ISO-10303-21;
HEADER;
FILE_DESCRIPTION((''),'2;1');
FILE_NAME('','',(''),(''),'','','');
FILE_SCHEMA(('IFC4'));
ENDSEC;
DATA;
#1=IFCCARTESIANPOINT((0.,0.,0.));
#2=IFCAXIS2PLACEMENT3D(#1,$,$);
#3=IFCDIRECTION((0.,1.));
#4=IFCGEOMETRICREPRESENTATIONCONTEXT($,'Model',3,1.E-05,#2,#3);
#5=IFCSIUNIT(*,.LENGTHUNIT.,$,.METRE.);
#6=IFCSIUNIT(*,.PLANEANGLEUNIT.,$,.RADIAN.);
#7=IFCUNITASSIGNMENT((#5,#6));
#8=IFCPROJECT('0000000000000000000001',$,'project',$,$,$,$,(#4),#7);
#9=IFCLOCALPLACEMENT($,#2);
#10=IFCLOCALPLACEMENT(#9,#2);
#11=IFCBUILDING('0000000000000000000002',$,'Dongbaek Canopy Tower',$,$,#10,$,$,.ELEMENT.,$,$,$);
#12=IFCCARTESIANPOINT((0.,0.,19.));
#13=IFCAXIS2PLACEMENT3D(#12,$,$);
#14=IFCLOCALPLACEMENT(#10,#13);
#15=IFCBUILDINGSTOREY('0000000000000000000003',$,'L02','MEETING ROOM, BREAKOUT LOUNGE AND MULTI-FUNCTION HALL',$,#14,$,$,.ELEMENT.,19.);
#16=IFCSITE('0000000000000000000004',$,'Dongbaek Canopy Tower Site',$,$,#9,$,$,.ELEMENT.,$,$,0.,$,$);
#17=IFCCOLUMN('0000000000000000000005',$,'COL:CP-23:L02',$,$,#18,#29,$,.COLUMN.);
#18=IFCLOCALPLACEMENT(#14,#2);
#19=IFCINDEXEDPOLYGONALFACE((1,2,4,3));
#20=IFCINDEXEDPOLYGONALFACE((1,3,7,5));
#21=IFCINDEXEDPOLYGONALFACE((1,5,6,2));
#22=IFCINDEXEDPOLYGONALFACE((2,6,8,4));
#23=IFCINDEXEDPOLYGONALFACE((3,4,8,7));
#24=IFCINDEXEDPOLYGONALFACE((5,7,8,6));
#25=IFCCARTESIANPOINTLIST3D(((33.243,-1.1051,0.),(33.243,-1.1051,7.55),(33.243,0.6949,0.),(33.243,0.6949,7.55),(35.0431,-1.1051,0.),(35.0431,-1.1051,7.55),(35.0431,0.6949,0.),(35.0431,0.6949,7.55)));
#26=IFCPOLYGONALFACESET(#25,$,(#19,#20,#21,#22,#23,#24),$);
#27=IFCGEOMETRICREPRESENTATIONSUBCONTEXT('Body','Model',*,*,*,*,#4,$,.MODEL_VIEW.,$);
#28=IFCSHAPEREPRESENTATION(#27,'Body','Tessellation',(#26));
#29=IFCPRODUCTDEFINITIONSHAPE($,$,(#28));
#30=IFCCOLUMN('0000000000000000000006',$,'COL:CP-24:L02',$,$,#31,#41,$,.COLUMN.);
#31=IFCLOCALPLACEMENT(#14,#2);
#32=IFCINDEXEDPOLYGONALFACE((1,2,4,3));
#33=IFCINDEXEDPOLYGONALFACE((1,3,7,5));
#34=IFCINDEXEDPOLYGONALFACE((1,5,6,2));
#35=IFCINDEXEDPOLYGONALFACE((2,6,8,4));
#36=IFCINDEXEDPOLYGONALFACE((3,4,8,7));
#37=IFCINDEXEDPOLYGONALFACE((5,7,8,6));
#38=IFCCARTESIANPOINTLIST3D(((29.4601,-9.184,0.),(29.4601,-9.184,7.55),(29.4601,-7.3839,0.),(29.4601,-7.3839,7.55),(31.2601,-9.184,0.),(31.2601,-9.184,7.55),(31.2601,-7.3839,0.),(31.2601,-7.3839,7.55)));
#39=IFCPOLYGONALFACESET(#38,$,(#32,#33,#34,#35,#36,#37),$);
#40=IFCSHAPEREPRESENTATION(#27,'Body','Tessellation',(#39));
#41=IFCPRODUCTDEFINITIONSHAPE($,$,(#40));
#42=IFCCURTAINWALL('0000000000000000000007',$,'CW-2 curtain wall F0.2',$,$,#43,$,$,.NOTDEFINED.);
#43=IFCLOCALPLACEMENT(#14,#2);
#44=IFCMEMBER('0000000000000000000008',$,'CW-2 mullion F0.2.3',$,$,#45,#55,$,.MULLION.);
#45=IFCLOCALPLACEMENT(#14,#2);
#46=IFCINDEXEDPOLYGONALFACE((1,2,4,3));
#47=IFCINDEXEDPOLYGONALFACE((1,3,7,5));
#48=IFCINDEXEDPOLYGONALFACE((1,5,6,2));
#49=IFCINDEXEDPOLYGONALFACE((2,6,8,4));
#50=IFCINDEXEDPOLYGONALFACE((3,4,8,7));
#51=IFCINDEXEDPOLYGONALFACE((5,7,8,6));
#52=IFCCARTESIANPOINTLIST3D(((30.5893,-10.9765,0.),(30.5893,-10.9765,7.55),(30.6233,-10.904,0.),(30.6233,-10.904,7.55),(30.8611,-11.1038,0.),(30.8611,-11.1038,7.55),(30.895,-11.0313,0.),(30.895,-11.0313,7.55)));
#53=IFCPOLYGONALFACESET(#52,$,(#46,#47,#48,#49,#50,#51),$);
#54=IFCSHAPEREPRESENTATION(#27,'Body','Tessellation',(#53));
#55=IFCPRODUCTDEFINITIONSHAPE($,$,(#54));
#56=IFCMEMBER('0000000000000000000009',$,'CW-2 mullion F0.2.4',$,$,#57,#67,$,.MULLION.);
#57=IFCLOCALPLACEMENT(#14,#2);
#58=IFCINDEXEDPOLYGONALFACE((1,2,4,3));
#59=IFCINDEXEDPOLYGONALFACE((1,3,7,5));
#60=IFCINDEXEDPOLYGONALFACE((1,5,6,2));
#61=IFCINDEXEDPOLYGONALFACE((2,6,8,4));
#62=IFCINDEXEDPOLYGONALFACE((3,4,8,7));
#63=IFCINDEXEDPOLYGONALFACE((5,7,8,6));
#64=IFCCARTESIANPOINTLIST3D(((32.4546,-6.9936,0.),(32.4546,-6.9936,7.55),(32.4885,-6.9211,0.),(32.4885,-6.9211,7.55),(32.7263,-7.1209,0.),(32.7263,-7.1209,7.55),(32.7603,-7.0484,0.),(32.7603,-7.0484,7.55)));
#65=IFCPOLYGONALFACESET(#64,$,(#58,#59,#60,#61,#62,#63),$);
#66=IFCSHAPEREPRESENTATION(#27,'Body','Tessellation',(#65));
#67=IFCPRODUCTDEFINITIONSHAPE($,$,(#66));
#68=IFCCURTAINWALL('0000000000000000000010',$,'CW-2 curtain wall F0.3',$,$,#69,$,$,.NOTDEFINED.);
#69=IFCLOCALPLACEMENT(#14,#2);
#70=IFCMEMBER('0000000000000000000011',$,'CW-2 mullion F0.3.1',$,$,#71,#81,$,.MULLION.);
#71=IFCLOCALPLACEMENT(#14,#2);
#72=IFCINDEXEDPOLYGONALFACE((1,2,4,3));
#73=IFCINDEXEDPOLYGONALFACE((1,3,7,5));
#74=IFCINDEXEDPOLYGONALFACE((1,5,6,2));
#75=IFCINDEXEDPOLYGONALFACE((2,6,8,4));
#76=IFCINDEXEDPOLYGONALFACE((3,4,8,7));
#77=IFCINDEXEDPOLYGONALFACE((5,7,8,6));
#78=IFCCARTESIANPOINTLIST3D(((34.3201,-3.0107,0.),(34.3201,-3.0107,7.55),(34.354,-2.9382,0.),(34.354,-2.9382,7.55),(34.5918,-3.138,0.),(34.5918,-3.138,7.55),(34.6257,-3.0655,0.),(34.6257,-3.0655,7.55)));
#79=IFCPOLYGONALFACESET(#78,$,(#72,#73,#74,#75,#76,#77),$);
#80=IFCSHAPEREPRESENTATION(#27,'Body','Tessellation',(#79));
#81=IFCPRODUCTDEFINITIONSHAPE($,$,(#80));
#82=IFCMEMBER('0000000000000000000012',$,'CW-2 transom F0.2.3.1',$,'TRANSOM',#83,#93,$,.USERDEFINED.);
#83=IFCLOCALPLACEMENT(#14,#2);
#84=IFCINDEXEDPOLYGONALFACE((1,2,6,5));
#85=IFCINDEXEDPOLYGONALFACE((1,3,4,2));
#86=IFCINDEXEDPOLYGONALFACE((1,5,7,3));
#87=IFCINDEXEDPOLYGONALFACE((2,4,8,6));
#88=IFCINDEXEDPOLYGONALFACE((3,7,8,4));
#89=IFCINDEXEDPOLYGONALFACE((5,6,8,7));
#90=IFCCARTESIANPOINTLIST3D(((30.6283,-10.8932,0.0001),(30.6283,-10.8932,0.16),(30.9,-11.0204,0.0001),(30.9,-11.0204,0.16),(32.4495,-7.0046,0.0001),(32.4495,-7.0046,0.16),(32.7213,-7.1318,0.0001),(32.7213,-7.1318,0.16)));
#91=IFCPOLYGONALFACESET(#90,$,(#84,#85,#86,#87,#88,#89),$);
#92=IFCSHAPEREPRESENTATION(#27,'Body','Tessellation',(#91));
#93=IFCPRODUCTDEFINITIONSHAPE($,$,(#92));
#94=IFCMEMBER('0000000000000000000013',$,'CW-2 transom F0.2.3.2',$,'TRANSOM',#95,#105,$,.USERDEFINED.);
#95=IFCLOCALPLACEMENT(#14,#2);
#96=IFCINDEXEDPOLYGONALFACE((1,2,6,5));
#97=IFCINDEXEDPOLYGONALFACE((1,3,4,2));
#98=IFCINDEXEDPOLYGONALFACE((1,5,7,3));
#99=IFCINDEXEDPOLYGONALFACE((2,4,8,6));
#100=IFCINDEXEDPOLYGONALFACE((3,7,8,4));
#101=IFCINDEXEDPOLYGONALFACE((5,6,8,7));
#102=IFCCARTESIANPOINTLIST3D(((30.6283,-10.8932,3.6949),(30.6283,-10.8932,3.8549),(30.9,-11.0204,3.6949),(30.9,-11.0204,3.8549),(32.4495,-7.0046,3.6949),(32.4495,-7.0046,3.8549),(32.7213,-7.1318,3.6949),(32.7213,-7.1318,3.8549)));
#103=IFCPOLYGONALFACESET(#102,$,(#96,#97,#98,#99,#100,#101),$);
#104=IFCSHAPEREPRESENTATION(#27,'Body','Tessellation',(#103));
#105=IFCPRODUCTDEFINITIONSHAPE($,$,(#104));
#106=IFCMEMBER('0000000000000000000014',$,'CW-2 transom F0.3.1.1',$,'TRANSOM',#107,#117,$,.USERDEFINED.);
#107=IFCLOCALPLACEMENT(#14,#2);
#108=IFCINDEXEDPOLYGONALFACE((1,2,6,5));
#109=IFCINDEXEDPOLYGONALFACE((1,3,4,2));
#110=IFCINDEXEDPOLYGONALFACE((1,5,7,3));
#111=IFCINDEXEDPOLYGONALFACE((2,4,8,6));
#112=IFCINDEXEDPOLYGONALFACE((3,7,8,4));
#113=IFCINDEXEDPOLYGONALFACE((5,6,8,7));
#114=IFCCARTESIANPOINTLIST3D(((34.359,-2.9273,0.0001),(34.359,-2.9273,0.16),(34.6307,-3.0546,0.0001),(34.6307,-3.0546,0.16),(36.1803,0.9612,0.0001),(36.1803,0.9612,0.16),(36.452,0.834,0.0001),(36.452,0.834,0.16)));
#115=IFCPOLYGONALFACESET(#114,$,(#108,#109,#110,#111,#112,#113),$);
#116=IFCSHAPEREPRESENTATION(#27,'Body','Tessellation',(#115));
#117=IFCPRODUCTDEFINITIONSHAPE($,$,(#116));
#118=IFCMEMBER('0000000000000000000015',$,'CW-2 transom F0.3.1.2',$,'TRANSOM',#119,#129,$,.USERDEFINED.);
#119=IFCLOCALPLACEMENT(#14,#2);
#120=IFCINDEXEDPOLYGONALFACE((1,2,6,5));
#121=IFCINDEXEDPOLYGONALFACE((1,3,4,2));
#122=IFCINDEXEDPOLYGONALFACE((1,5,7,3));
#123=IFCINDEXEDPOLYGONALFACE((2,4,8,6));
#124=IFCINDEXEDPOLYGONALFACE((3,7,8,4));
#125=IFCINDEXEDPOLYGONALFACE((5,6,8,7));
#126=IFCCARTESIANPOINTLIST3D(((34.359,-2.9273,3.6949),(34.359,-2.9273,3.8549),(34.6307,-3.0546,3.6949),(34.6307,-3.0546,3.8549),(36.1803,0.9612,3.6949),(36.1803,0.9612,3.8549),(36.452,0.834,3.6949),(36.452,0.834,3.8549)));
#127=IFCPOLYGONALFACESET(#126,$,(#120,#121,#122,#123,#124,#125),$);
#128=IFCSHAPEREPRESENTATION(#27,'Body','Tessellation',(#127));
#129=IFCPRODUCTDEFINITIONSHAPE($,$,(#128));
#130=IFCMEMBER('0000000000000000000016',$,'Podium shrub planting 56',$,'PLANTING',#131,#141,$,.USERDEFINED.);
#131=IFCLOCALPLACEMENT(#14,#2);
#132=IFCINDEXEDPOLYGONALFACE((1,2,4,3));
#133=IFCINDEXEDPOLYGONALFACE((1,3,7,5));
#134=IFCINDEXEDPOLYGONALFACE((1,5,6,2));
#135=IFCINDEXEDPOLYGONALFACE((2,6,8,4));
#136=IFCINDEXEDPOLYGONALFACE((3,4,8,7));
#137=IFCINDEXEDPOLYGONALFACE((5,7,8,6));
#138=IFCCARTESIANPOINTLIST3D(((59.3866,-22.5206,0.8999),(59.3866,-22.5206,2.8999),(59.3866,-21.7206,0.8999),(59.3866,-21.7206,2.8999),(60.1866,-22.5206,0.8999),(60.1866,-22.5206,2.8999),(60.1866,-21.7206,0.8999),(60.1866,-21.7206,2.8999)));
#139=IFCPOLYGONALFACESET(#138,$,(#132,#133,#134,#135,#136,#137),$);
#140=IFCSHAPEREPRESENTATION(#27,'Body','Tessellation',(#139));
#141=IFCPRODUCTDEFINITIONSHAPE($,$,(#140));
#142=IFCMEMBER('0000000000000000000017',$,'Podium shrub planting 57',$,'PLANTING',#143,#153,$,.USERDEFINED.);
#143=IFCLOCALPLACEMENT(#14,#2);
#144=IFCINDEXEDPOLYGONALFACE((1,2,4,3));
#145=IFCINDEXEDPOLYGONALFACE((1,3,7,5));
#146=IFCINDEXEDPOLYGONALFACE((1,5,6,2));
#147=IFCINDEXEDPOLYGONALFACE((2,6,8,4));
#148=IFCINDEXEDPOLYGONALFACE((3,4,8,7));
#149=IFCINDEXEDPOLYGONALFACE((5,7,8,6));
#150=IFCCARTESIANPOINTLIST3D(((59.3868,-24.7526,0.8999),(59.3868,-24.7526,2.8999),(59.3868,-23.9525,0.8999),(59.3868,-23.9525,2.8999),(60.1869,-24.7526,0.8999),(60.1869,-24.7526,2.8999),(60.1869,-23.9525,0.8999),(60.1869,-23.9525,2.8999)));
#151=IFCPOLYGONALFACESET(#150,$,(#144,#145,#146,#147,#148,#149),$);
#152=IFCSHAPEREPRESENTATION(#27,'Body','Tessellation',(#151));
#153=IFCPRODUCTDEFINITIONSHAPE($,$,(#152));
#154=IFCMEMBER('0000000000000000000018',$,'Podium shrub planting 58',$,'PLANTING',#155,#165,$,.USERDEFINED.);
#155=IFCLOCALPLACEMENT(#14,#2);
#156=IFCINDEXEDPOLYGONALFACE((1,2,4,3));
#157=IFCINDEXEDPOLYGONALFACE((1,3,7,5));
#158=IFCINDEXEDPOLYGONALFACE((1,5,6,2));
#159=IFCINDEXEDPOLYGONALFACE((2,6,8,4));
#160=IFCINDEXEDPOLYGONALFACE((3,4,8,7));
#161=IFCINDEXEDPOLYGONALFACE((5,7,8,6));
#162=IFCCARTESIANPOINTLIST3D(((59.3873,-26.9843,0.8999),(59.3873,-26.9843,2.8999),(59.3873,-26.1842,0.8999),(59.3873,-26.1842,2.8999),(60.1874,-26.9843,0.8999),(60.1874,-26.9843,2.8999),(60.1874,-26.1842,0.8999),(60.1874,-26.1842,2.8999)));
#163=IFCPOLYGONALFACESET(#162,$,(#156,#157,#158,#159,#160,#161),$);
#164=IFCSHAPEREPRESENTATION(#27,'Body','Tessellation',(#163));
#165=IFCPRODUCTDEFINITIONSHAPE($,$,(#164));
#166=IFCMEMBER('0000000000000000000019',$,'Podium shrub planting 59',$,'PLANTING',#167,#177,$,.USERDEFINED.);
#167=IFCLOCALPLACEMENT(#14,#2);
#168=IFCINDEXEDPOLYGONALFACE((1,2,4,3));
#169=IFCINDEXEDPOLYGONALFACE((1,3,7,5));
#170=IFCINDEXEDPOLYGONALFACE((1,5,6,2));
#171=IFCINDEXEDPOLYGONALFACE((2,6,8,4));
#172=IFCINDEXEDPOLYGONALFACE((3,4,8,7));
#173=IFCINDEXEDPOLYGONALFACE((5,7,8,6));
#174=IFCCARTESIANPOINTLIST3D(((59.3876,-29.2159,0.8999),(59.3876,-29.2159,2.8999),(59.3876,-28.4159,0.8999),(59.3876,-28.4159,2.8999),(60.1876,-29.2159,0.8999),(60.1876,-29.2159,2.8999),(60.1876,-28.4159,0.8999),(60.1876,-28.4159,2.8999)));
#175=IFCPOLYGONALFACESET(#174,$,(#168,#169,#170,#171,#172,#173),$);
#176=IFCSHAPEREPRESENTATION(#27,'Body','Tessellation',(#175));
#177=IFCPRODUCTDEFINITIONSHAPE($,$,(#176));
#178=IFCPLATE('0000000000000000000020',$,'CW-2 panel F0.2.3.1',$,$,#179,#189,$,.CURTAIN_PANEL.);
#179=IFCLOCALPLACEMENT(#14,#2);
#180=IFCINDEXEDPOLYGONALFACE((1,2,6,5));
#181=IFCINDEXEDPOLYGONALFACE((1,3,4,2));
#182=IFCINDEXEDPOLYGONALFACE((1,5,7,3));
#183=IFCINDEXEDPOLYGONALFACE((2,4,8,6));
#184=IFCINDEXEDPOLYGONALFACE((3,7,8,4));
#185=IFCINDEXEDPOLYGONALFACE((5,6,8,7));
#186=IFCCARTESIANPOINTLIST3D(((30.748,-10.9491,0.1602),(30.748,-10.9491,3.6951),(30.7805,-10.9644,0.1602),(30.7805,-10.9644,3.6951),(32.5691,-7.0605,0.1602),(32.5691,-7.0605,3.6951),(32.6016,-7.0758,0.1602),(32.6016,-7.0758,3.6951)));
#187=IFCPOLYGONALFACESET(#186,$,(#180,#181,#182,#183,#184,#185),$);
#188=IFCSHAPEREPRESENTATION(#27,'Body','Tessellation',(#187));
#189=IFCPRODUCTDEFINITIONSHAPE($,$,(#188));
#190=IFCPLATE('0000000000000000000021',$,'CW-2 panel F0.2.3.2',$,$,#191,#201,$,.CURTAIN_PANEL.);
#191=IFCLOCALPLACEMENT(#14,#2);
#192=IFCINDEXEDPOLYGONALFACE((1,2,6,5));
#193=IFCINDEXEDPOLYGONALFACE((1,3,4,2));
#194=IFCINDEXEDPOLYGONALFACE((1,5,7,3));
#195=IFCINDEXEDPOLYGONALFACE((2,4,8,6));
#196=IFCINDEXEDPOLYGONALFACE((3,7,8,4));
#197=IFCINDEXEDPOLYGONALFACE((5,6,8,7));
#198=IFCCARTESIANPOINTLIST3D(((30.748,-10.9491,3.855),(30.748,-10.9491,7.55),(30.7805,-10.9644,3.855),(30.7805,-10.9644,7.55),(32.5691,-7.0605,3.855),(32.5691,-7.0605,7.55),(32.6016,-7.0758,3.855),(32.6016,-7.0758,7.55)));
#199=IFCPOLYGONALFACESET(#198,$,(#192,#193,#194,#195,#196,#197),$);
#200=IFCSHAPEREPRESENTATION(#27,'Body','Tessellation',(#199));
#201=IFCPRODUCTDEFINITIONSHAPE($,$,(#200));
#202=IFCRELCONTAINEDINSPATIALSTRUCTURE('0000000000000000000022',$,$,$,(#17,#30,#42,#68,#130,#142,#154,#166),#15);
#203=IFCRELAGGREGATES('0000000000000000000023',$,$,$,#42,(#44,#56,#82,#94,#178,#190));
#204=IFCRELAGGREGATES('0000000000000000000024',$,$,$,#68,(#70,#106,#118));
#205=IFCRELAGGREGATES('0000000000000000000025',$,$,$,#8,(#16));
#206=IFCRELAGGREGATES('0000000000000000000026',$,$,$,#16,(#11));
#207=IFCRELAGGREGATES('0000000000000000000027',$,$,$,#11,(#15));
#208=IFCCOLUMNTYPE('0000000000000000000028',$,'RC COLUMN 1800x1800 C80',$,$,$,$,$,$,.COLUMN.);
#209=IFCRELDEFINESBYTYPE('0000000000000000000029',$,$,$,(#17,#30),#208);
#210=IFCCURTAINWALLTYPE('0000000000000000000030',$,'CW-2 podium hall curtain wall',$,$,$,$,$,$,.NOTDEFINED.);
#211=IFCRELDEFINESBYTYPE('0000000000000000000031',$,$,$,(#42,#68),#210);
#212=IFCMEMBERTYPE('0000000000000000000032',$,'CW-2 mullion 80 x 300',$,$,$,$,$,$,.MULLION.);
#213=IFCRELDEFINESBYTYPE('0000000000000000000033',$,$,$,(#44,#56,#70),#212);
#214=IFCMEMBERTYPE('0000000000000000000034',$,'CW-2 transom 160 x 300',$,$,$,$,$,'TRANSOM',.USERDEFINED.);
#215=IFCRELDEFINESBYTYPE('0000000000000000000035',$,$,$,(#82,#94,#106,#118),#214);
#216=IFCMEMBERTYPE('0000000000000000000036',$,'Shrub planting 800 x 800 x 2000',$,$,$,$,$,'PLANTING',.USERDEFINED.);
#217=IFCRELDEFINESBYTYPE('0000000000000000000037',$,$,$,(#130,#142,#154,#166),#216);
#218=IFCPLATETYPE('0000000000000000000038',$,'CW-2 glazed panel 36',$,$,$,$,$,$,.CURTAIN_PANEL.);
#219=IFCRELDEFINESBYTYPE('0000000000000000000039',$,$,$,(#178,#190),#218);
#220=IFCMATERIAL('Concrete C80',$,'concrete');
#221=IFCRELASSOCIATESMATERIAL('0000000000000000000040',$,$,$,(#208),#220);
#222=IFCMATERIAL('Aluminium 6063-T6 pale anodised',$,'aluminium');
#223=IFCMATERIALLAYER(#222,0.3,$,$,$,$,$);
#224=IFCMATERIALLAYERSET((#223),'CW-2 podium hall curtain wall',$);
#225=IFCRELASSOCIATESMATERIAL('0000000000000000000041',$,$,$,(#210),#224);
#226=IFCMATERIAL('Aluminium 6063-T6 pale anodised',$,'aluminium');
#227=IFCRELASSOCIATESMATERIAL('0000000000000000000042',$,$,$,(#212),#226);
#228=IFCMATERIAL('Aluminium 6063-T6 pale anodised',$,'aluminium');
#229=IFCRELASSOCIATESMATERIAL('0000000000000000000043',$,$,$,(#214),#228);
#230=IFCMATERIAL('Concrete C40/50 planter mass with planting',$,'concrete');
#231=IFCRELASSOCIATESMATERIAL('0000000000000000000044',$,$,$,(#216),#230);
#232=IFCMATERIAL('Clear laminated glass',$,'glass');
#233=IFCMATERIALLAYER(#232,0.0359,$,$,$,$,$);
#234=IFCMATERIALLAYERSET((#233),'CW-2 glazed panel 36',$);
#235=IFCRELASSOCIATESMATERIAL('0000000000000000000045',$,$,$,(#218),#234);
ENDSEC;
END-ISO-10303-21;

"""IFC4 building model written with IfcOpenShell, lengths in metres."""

from ifc_helpers import new_model, si_unit, direction, frame, origin, origin_2d, place, context, subcontext, project, spatial, rectangle, extrude, material, layer, layer_set, material_profile, profile_set, type_object, element, aggregate, save


model = new_model("IFC4")

# Units and contexts
model_context = context("Model", 3, precision=1e-05, world=origin(), true_north=direction((0.0, 1.0)))
body_context = subcontext(model_context, "Body", "Model", "MODEL_VIEW")
ifc_project = project(units=[si_unit("LENGTHUNIT", "METRE"), si_unit("PLANEANGLEUNIT", "RADIAN")], contexts=[model_context])

# Site, building, storey
site_placement = place(None, origin())
site = spatial("IfcSite", under=ifc_project, at=site_placement, Name="Dongbaek Canopy Tower Site", CompositionType="ELEMENT", RefElevation=0.0)
building_placement = place(site_placement, origin())
building = spatial("IfcBuilding", under=site, at=building_placement, Name="Dongbaek Canopy Tower", CompositionType="ELEMENT")
storey_placement = place(building_placement, frame((0.0, 0.0, 19.0)))
storey = spatial("IfcBuildingStorey", under=building, at=storey_placement, Name="L02", Description="MEETING ROOM, BREAKOUT LOUNGE AND MULTI-FUNCTION HALL", CompositionType="ELEMENT", Elevation=19.0)

# Columns
ifc_material_1 = material(Name="Concrete C80", Category="concrete")
ifc_material_profile_1 = material_profile(ifc_material_1, rectangle(XDim=1.8, YDim=1.8, at=origin_2d()), Name="RC COLUMN 1800x1800 C80")
ifc_profile_set_1 = profile_set([ifc_material_profile_1], Name="Concrete C80")
column_type = type_object("IfcColumnType", Name="RC COLUMN 1800x1800 C80", PredefinedType="COLUMN", material=ifc_profile_set_1)
for number, where, z_axis, x_axis, name in (
    (1, (34.1431, -0.2051, 0.0), (0.0, 0.0, 1.0), (1.0, 0.0, 0.0), "COL:CP-23:L02"),
    (2, (30.3601, -8.2839, 0.0), (0.0, 0.0, 1.0), (1.0, 0.0, 0.0), "COL:CP-24:L02"),
):
    element("IfcColumn", number, at=place(storey_placement, frame(where, z_axis=z_axis, x_axis=x_axis)), inside=storey, type_object=column_type, Name=name, PredefinedType="COLUMN", context=body_context, shape_type="SweptSolid", body=[
        extrude(rectangle(XDim=1.8, YDim=1.8, at=origin_2d()), origin(), (0.0, 0.0, 1.0), 7.55),
    ])

# Curtain wall, members
ifc_material_2 = material(Name="Aluminium 6063-T6 pale anodised", Category="aluminium")
ifc_layer_1 = layer(ifc_material_2, 0.3)
ifc_layer_set_1 = layer_set([ifc_layer_1], Name="CW-2 podium hall curtain wall")
curtain_wall_type = type_object("IfcCurtainWallType", Name="CW-2 podium hall curtain wall", PredefinedType="NOTDEFINED", material=ifc_layer_set_1)
curtain_wall_1_placement = place(storey_placement, origin())
curtain_wall_1 = element("IfcCurtainWall", 3, at=curtain_wall_1_placement, inside=storey, type_object=curtain_wall_type, Name="CW-2 curtain wall F0.2", PredefinedType="NOTDEFINED")
ifc_material_3 = material(Name="Aluminium 6063-T6 pale anodised", Category="aluminium")
ifc_material_profile_2 = material_profile(ifc_material_3, rectangle(XDim=0.3, YDim=0.0801, at=origin_2d()), Name="CW-2 mullion 80 x 300")
ifc_profile_set_2 = profile_set([ifc_material_profile_2], Name="Aluminium 6063-T6 pale anodised")
member_type_1 = type_object("IfcMemberType", Name="CW-2 mullion 80 x 300", PredefinedType="MULLION", material=ifc_profile_set_2)
member_1_placement = place(storey_placement, frame((30.7422, -11.0039, 0.0), z_axis=(0.0, 0.0, 1.0), x_axis=(0.905605, -0.424123, 0.0)))
member_1 = element("IfcMember", 4, at=member_1_placement, type_object=member_type_1, Name="CW-2 mullion F0.2.3", PredefinedType="MULLION", context=body_context, shape_type="SweptSolid", body=[
    extrude(rectangle(XDim=0.3, YDim=0.0801, at=origin_2d()), origin(), (0.0, 0.0, 1.0), 7.55),
])
member_2_placement = place(storey_placement, frame((32.6074, -7.021, 0.0), z_axis=(0.0, 0.0, 1.0), x_axis=(0.905605, -0.424123, 0.0)))
member_2 = element("IfcMember", 5, at=member_2_placement, type_object=member_type_1, Name="CW-2 mullion F0.2.4", PredefinedType="MULLION", context=body_context, shape_type="SweptSolid", body=[
    extrude(rectangle(XDim=0.3, YDim=0.0801, at=origin_2d()), origin(), (0.0, 0.0, 1.0), 7.55),
])

# Curtain wall, member
curtain_wall_2_placement = place(storey_placement, origin())
curtain_wall_2 = element("IfcCurtainWall", 6, at=curtain_wall_2_placement, inside=storey, type_object=curtain_wall_type, Name="CW-2 curtain wall F0.3", PredefinedType="NOTDEFINED")
member_3_placement = place(storey_placement, frame((34.4729, -3.0381, 0.0), z_axis=(0.0, 0.0, 1.0), x_axis=(0.905605, -0.424123, 0.0)))
member_3 = element("IfcMember", 7, at=member_3_placement, type_object=member_type_1, Name="CW-2 mullion F0.3.1", PredefinedType="MULLION", context=body_context, shape_type="SweptSolid", body=[
    extrude(rectangle(XDim=0.3, YDim=0.0801, at=origin_2d()), origin(), (0.0, 0.0, 1.0), 7.55),
])

# Members
ifc_material_4 = material(Name="Aluminium 6063-T6 pale anodised", Category="aluminium")
ifc_material_profile_3 = material_profile(ifc_material_4, rectangle(XDim=0.3, YDim=0.1599, at=origin_2d()), Name="CW-2 transom 160 x 300")
ifc_profile_set_3 = profile_set([ifc_material_profile_3], Name="Aluminium 6063-T6 pale anodised")
member_type_2 = type_object("IfcMemberType", Name="CW-2 transom 160 x 300", ElementType="TRANSOM", PredefinedType="USERDEFINED", material=ifc_profile_set_3)
member_4_placement = place(storey_placement, frame((30.7642, -10.9568, 0.0801), z_axis=(0.424143, 0.905595, 0.0), x_axis=(-0.905595, 0.424143, 0.0)))
member_4 = element("IfcMember", 8, at=member_4_placement, type_object=member_type_2, Name="CW-2 transom F0.2.3.1", ObjectType="TRANSOM", PredefinedType="USERDEFINED", context=body_context, shape_type="SweptSolid", body=[
    extrude(rectangle(XDim=0.3, YDim=0.1599, at=origin_2d()), origin(), (0.0, 0.0, 1.0), 4.2939),
])
member_5_placement = place(storey_placement, frame((30.7642, -10.9568, 3.7749), z_axis=(0.424143, 0.905595, 0.0), x_axis=(-0.905595, 0.424143, 0.0)))
member_5 = element("IfcMember", 9, at=member_5_placement, type_object=member_type_2, Name="CW-2 transom F0.2.3.2", ObjectType="TRANSOM", PredefinedType="USERDEFINED", context=body_context, shape_type="SweptSolid", body=[
    extrude(rectangle(XDim=0.3, YDim=0.1599, at=origin_2d()), origin(), (0.0, 0.0, 1.0), 4.2939),
])
member_6_placement = place(storey_placement, frame((34.4949, -2.991, 0.0801), z_axis=(0.424143, 0.905595, 0.0), x_axis=(-0.905595, 0.424143, 0.0)))
member_6 = element("IfcMember", 10, at=member_6_placement, type_object=member_type_2, Name="CW-2 transom F0.3.1.1", ObjectType="TRANSOM", PredefinedType="USERDEFINED", context=body_context, shape_type="SweptSolid", body=[
    extrude(rectangle(XDim=0.3, YDim=0.1599, at=origin_2d()), origin(), (0.0, 0.0, 1.0), 4.2939),
])
member_7_placement = place(storey_placement, frame((34.4949, -2.991, 3.7749), z_axis=(0.424143, 0.905595, 0.0), x_axis=(-0.905595, 0.424143, 0.0)))
member_7 = element("IfcMember", 11, at=member_7_placement, type_object=member_type_2, Name="CW-2 transom F0.3.1.2", ObjectType="TRANSOM", PredefinedType="USERDEFINED", context=body_context, shape_type="SweptSolid", body=[
    extrude(rectangle(XDim=0.3, YDim=0.1599, at=origin_2d()), origin(), (0.0, 0.0, 1.0), 4.2939),
])

# Members
ifc_material_5 = material(Name="Concrete C40/50 planter mass with planting", Category="concrete")
ifc_material_profile_4 = material_profile(ifc_material_5, rectangle(XDim=0.8, YDim=0.8, at=origin_2d()), Name="Shrub planting 800 x 800 x 2000")
ifc_profile_set_4 = profile_set([ifc_material_profile_4], Name="Concrete C40/50 planter mass with planting")
member_type_3 = type_object("IfcMemberType", Name="Shrub planting 800 x 800 x 2000", ElementType="PLANTING", PredefinedType="USERDEFINED", material=ifc_profile_set_4)
for number, where, z_axis, x_axis, name in (
    (12, (59.7866, -22.1206, 0.8999), (0.0, 0.0, 1.0), (1.0, 0.0, 0.0), "Podium shrub planting 56"),
    (13, (59.7869, -24.3525, 0.8999), (0.0, 0.0, 1.0), (1.0, 0.0, 0.0), "Podium shrub planting 57"),
    (14, (59.7874, -26.5842, 0.8999), (0.0, 0.0, 1.0), (1.0, 0.0, 0.0), "Podium shrub planting 58"),
    (15, (59.7876, -28.8159, 0.8999), (0.0, 0.0, 1.0), (1.0, 0.0, 0.0), "Podium shrub planting 59"),
):
    element("IfcMember", number, at=place(storey_placement, frame(where, z_axis=z_axis, x_axis=x_axis)), inside=storey, type_object=member_type_3, Name=name, ObjectType="PLANTING", PredefinedType="USERDEFINED", context=body_context, shape_type="SweptSolid", body=[
        extrude(rectangle(XDim=0.8, YDim=0.8, at=origin_2d()), origin(), (0.0, 0.0, 1.0), 2.0),
    ])

# Plates
ifc_material_6 = material(Name="Clear laminated glass", Category="glass")
ifc_layer_2 = layer(ifc_material_6, 0.0359)
ifc_layer_set_2 = layer_set([ifc_layer_2], Name="CW-2 glazed panel 36")
plate_type = type_object("IfcPlateType", Name="CW-2 glazed panel 36", PredefinedType="CURTAIN_PANEL", material=ifc_layer_set_2)
plate_1_placement = place(storey_placement, frame((31.6748, -9.0125, 0.1602), z_axis=(0.0, 0.0, 1.0), x_axis=(0.424123, 0.905605, 0.0)))
plate_1 = element("IfcPlate", 16, at=plate_1_placement, type_object=plate_type, Name="CW-2 panel F0.2.3.1", PredefinedType="CURTAIN_PANEL", context=body_context, shape_type="SweptSolid", body=[
    extrude(rectangle(XDim=4.2939, YDim=0.0359, at=origin_2d()), origin(), (0.0, 0.0, 1.0), 3.5349),
])
plate_2_placement = place(storey_placement, frame((31.6748, -9.0125, 3.855), z_axis=(0.0, 0.0, 1.0), x_axis=(0.424123, 0.905605, 0.0)))
plate_2 = element("IfcPlate", 17, at=plate_2_placement, type_object=plate_type, Name="CW-2 panel F0.2.3.2", PredefinedType="CURTAIN_PANEL", context=body_context, shape_type="SweptSolid", body=[
    extrude(rectangle(XDim=4.2939, YDim=0.0359, at=origin_2d()), origin(), (0.0, 0.0, 1.0), 3.6951),
])
aggregate(curtain_wall_1, [member_1, member_2, member_4, member_5, plate_1, plate_2])
aggregate(curtain_wall_2, [member_3, member_6, member_7])

save(model, "model.ifc")
